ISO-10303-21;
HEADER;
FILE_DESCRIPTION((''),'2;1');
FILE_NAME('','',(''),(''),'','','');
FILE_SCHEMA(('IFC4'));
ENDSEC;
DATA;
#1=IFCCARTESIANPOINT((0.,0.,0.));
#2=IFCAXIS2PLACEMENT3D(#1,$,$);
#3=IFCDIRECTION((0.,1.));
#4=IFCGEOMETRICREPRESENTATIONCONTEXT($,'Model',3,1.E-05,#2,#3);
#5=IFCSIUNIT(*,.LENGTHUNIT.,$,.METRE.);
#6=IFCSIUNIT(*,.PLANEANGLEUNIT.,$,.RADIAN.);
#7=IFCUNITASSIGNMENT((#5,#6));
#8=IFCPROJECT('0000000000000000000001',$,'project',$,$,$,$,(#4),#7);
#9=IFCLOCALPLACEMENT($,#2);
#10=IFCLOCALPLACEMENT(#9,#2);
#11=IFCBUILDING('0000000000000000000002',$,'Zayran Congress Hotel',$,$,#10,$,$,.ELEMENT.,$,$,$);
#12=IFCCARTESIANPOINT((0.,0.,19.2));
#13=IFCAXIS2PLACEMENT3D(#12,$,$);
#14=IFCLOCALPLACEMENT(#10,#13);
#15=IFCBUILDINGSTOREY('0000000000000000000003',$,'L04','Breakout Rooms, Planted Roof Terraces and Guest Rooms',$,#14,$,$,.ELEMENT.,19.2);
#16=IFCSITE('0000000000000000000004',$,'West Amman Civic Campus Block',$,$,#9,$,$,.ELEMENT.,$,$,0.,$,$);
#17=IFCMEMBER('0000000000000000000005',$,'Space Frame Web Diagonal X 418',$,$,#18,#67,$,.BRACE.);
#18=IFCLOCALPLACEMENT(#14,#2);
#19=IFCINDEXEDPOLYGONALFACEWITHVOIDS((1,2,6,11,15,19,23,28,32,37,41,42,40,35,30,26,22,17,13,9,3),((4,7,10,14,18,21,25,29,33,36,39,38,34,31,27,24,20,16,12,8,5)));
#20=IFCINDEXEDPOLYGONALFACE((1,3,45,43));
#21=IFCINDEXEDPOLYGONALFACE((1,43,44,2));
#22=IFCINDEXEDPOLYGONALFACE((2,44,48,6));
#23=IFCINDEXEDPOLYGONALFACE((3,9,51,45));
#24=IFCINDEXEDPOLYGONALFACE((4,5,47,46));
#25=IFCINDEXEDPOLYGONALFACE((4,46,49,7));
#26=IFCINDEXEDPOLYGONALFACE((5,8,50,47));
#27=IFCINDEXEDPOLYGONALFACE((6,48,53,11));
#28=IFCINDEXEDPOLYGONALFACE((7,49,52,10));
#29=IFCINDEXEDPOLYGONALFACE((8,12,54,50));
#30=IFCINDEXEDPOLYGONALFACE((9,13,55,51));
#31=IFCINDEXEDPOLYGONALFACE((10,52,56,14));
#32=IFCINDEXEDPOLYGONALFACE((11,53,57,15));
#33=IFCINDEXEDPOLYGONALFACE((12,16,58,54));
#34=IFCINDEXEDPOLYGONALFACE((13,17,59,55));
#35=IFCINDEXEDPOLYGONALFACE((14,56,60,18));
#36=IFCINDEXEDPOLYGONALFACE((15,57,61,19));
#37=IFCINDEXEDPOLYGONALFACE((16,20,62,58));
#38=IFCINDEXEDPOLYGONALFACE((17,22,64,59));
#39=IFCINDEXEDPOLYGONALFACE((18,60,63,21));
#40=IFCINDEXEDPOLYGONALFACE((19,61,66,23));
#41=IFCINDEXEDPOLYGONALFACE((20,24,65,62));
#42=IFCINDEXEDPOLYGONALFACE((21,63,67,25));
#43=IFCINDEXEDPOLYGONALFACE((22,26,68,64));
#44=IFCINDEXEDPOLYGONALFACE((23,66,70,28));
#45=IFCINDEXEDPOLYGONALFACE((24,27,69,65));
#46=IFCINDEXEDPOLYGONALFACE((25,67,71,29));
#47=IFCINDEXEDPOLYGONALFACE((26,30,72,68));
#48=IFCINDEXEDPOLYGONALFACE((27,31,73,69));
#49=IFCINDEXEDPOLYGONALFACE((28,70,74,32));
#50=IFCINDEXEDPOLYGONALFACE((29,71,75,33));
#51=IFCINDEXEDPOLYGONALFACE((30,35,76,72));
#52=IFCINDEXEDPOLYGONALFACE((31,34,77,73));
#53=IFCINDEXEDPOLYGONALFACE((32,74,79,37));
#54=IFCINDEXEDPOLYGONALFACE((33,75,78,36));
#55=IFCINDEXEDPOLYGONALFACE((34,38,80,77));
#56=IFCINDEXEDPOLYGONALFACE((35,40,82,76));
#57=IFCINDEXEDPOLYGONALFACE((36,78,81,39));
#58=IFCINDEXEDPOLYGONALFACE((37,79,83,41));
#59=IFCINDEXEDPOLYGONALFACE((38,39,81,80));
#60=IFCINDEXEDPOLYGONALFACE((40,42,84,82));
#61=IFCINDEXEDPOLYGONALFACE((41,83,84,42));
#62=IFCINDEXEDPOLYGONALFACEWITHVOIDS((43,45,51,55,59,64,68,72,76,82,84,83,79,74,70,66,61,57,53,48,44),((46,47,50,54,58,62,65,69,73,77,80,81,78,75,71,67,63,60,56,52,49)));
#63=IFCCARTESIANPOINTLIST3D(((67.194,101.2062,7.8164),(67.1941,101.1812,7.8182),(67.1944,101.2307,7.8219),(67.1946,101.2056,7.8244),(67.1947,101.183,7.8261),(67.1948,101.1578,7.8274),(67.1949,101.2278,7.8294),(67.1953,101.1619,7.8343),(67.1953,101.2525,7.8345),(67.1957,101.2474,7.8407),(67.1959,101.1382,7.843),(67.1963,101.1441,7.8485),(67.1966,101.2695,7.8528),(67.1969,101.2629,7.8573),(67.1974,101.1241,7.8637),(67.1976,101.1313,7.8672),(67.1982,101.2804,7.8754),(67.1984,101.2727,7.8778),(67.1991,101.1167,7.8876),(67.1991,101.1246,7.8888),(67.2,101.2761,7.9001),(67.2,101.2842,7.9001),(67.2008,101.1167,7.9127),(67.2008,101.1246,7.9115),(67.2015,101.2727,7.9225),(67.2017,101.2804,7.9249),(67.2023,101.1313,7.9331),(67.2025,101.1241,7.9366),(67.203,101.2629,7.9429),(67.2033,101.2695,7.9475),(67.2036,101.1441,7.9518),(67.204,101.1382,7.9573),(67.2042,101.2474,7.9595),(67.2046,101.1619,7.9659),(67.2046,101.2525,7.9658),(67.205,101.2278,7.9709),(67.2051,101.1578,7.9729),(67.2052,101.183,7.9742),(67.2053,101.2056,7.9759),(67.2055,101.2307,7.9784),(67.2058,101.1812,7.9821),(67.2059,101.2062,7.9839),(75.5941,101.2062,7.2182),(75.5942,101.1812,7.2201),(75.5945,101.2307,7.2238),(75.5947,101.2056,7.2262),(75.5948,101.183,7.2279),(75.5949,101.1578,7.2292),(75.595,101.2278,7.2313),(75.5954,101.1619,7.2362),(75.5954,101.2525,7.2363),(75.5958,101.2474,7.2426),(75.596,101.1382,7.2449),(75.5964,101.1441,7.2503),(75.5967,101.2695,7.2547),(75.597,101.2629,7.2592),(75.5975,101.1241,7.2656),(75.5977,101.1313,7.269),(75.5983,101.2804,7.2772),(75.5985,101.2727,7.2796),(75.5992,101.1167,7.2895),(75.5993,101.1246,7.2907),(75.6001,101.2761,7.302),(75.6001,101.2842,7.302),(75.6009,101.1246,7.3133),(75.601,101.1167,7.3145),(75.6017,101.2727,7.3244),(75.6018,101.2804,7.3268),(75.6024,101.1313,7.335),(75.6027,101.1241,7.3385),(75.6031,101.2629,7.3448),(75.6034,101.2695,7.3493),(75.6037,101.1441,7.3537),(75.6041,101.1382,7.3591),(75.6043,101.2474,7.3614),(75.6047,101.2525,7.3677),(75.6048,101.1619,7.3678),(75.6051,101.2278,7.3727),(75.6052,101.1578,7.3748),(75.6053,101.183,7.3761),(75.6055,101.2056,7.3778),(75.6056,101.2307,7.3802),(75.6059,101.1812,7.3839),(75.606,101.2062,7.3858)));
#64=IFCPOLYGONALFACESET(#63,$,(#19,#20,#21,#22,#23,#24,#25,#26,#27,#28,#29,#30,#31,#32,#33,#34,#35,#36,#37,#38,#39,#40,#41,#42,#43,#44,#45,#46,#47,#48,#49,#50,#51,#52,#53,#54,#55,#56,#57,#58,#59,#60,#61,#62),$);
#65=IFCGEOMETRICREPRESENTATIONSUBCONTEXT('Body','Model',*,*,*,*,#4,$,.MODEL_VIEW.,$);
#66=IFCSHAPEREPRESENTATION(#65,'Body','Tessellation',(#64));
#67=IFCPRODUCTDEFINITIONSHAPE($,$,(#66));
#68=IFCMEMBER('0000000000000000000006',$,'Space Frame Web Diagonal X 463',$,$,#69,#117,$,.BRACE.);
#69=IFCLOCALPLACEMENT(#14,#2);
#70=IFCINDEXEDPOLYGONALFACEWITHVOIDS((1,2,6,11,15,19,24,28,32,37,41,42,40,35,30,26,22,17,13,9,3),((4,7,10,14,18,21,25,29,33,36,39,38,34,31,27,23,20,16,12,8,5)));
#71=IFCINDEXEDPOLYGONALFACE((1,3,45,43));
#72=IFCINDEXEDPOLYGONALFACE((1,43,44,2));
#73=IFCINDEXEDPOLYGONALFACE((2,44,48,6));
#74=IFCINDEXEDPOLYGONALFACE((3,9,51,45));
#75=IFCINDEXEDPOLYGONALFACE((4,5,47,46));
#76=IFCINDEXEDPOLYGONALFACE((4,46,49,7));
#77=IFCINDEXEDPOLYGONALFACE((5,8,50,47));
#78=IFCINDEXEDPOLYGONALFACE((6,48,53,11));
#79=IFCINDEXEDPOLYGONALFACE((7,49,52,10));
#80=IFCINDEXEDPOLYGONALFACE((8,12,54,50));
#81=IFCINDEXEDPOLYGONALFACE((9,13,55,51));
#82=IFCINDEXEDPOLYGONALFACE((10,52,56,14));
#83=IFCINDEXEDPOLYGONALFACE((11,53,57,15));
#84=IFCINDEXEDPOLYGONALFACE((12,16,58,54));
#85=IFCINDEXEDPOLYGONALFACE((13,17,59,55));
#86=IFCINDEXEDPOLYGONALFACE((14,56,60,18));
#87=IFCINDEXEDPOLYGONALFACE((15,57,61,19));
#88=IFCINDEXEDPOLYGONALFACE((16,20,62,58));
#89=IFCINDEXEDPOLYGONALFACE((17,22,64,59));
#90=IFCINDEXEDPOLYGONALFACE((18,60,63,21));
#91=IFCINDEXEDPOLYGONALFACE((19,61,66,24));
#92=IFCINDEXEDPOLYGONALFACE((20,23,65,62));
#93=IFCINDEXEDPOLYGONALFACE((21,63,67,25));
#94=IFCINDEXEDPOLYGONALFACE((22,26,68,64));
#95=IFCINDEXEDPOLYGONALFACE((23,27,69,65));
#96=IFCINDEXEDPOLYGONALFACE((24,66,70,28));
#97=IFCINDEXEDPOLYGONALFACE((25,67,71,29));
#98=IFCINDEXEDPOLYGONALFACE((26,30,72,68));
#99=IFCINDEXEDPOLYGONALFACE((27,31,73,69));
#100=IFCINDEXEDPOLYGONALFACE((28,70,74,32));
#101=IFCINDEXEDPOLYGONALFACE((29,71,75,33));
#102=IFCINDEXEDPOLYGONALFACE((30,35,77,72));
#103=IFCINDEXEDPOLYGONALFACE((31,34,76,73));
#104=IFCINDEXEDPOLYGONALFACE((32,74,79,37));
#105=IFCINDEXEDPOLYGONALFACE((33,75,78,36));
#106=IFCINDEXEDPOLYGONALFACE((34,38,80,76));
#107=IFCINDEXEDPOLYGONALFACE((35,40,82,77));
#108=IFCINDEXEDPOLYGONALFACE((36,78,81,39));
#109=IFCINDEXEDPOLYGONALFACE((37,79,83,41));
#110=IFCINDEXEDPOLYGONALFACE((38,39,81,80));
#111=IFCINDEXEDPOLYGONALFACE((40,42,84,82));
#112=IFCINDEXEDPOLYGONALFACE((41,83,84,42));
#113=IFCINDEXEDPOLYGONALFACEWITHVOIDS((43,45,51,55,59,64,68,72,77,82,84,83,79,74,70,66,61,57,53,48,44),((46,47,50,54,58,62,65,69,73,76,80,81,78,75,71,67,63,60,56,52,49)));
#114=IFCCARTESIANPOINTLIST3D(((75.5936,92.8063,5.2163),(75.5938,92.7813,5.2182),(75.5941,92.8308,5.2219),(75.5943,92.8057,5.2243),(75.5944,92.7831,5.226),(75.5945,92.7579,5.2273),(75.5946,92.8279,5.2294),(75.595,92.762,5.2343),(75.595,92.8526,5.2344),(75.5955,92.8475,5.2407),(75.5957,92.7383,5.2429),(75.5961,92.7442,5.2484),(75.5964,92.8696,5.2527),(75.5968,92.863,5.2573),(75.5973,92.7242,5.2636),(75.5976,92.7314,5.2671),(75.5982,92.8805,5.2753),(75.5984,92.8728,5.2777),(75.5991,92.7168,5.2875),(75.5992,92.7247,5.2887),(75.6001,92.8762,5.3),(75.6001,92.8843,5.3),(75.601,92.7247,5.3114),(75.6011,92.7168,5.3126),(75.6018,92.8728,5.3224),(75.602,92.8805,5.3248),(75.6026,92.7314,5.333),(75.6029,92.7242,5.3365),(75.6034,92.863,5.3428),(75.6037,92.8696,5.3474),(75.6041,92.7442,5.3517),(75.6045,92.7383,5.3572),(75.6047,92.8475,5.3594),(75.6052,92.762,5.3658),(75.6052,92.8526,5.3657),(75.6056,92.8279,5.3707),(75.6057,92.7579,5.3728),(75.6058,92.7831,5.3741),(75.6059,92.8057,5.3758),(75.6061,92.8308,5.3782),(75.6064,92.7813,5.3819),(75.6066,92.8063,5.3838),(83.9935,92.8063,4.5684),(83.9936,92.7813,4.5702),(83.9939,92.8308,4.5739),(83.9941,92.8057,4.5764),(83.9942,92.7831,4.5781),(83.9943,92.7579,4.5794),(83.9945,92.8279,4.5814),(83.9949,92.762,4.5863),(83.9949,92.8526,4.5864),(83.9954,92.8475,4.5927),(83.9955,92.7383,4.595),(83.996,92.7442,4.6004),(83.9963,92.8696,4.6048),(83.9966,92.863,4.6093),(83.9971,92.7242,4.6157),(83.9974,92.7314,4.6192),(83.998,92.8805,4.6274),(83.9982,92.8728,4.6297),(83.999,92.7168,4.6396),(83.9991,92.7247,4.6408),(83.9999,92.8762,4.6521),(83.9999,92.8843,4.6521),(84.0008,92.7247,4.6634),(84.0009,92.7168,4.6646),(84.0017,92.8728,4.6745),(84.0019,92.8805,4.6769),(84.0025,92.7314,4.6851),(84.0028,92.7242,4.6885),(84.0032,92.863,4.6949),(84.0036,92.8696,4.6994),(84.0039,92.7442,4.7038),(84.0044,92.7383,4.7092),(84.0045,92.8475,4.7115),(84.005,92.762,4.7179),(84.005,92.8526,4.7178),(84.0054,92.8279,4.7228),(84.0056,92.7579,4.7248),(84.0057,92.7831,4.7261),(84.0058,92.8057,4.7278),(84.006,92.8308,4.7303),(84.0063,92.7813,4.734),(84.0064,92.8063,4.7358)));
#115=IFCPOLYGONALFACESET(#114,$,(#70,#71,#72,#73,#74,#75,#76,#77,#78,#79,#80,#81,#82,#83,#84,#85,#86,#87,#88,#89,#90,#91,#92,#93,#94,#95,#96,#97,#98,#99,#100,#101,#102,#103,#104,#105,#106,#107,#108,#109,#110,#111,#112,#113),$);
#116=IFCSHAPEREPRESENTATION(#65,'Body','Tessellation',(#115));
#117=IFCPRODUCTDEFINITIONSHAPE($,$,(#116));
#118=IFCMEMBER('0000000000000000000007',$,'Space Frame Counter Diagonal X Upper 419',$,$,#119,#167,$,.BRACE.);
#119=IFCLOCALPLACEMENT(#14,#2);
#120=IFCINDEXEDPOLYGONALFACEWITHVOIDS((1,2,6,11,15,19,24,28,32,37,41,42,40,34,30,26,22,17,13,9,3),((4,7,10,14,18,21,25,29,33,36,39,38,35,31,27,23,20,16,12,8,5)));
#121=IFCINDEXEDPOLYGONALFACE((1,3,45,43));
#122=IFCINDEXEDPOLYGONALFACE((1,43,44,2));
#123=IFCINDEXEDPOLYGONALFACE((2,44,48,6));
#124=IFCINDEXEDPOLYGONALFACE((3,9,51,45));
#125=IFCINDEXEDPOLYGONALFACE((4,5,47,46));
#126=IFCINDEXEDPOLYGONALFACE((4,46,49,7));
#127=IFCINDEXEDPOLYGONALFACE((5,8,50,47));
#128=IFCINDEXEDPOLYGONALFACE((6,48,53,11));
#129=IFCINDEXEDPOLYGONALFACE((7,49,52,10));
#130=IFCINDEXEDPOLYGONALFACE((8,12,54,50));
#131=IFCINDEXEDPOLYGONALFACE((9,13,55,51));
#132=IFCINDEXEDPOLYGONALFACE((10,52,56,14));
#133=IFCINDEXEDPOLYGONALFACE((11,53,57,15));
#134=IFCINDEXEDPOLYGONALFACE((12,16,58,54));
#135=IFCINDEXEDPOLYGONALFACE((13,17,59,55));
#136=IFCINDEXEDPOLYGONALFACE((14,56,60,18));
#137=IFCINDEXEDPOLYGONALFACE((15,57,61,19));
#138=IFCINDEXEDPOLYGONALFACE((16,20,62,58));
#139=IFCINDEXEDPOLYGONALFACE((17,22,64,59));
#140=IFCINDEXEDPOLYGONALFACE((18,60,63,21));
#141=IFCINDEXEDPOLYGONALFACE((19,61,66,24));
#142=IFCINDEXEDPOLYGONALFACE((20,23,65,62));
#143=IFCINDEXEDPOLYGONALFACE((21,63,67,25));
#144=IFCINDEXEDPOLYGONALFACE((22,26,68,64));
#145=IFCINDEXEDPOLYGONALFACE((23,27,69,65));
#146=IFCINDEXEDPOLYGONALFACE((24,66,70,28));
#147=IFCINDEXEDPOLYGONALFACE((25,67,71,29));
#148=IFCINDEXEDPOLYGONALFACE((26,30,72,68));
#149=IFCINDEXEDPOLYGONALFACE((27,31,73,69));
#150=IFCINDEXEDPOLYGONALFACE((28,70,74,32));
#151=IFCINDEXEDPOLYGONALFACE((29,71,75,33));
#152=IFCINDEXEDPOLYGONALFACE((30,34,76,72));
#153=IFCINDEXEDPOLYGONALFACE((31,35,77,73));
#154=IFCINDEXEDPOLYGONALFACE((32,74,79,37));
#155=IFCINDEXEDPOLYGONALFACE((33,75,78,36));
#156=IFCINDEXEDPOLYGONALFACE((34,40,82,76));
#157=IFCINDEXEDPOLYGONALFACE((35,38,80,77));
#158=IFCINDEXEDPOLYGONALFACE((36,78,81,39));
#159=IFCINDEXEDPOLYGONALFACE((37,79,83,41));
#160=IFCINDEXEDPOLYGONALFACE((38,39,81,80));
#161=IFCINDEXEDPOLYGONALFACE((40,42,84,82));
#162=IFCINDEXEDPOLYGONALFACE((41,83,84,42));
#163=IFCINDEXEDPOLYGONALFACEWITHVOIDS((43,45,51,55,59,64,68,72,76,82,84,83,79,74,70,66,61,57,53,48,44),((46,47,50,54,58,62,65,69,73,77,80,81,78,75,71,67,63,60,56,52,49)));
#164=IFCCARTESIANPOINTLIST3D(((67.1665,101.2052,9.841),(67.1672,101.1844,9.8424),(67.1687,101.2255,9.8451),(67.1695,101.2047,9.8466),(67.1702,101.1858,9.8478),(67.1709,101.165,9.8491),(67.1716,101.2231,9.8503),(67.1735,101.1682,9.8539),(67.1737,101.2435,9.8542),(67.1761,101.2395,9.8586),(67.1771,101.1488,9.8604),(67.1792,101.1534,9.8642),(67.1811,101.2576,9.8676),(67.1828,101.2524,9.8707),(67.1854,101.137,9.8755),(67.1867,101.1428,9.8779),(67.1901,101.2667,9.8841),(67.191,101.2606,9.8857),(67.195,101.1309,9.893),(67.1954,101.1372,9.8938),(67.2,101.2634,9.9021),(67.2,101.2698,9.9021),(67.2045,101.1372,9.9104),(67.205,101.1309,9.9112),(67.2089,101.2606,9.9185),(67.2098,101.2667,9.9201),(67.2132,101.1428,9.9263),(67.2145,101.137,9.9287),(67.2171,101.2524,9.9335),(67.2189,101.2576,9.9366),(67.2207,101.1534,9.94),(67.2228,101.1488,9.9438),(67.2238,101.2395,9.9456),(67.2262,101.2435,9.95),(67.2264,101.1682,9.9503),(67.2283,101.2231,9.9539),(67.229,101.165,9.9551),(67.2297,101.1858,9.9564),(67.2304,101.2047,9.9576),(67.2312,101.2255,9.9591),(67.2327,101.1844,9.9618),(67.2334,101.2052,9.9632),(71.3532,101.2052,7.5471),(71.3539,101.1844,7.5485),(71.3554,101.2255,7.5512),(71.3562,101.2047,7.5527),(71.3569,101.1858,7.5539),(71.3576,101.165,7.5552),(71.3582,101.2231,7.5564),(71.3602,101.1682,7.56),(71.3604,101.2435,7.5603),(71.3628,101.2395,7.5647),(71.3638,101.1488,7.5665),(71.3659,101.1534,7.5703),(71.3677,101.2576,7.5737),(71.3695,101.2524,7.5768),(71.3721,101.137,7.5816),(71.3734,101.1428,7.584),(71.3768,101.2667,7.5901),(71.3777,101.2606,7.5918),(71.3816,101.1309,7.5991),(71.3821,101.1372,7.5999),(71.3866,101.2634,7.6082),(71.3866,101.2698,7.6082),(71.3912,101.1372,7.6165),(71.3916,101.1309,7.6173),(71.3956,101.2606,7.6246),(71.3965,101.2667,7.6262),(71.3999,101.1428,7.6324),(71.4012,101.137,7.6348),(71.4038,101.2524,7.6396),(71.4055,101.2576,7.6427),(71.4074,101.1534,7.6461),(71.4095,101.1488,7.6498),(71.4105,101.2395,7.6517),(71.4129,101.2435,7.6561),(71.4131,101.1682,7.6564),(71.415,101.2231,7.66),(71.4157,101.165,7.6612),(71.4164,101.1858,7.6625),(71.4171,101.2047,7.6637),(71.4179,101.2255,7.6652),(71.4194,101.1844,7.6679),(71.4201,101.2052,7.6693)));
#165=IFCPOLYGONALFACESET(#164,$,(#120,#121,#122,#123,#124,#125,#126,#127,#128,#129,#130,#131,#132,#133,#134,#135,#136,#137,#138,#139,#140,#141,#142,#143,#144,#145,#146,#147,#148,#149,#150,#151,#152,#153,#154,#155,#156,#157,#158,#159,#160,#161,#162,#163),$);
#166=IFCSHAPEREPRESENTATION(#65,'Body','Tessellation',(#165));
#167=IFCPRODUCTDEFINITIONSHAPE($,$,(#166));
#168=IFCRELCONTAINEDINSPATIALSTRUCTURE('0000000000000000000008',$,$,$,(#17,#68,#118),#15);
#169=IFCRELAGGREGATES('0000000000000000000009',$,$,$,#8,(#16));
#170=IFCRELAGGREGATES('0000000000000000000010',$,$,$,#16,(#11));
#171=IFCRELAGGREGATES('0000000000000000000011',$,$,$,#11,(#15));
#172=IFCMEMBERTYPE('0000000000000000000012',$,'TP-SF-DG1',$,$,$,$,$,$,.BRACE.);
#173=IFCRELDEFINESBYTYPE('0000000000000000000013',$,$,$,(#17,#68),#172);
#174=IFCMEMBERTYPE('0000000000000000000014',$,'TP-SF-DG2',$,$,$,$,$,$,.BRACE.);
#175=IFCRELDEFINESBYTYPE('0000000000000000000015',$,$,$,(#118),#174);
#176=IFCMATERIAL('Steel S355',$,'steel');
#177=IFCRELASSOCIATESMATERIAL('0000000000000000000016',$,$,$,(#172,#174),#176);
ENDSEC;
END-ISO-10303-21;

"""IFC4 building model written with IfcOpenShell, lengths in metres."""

from ifc_helpers import new_model, si_unit, direction, frame, origin, origin_2d, place, context, subcontext, project, spatial, hollow_circle, extrude, material, material_profile, profile_set, type_object, element, save


model = new_model("IFC4")

# Units and contexts
model_context = context("Model", 3, precision=1e-05, world=origin(), true_north=direction((0.0, 1.0)))
body_context = subcontext(model_context, "Body", "Model", "MODEL_VIEW")
ifc_project = project(units=[si_unit("LENGTHUNIT", "METRE"), si_unit("PLANEANGLEUNIT", "RADIAN")], contexts=[model_context])

# Site, building, storey
site_placement = place(None, origin())
site = spatial("IfcSite", under=ifc_project, at=site_placement, Name="West Amman Civic Campus Block", CompositionType="ELEMENT", RefElevation=0.0)
building_placement = place(site_placement, origin())
building = spatial("IfcBuilding", under=site, at=building_placement, Name="Zayran Congress Hotel", CompositionType="ELEMENT")
storey_placement = place(building_placement, frame((0.0, 0.0, 19.2)))
storey = spatial("IfcBuildingStorey", under=building, at=storey_placement, Name="L04", Description="Breakout Rooms, Planted Roof Terraces and Guest Rooms", CompositionType="ELEMENT", Elevation=19.2)

# Members
ifc_material_1 = material(Name="Steel S355", Category="steel")
ifc_material_profile_1 = material_profile(ifc_material_1, hollow_circle(Radius=0.0842, WallThickness=0.0081, at=origin_2d()), Name="CHS 168.3x8")
ifc_profile_set_1 = profile_set([ifc_material_profile_1], Name="Steel S355")
member_type_1 = type_object("IfcMemberType", Name="TP-SF-DG1", PredefinedType="BRACE", material=ifc_profile_set_1)
member_1_placement = place(storey_placement, frame((67.2, 101.2, 7.9001), z_axis=(0.997474, 0.0, -0.071027), x_axis=(0.0, 1.0, 0.0)))
element("IfcMember", 1, at=member_1_placement, inside=storey, type_object=member_type_1, Name="Space Frame Web Diagonal X 418", PredefinedType="BRACE", context=body_context, shape_type="SweptSolid", body=[
    extrude(hollow_circle(Radius=0.0842, WallThickness=0.0081, at=origin_2d()), origin(), (0.0, 0.0, 1.0), 8.4214),
])
member_2_placement = place(storey_placement, frame((75.6001, 92.8, 5.3), z_axis=(0.997038, 0.0, -0.076909), x_axis=(0.0, 1.0, 0.0)))
element("IfcMember", 2, at=member_2_placement, inside=storey, type_object=member_type_1, Name="Space Frame Web Diagonal X 463", PredefinedType="BRACE", context=body_context, shape_type="SweptSolid", body=[
    extrude(hollow_circle(Radius=0.0842, WallThickness=0.0081, at=origin_2d()), origin(), (0.0, 0.0, 1.0), 8.4248),
])
ifc_material_profile_2 = material_profile(ifc_material_1, hollow_circle(Radius=0.0698, WallThickness=0.0063, at=origin_2d()), Name="CHS 139.7x6.3")
ifc_profile_set_2 = profile_set([ifc_material_profile_2], Name="Steel S355")
member_type_2 = type_object("IfcMemberType", Name="TP-SF-DG2", PredefinedType="BRACE", material=ifc_profile_set_2)
member_3_placement = place(storey_placement, frame((67.2, 101.2, 9.9021), z_axis=(0.876991, 0.0, -0.480507), x_axis=(0.0, 1.0, 0.0)))
element("IfcMember", 3, at=member_3_placement, inside=storey, type_object=member_type_2, Name="Space Frame Counter Diagonal X Upper 419", PredefinedType="BRACE", context=body_context, shape_type="SweptSolid", body=[
    extrude(hollow_circle(Radius=0.0698, WallThickness=0.0063, at=origin_2d()), origin(), (0.0, 0.0, 1.0), 4.7739),
])

save(model, "model.ifc")
